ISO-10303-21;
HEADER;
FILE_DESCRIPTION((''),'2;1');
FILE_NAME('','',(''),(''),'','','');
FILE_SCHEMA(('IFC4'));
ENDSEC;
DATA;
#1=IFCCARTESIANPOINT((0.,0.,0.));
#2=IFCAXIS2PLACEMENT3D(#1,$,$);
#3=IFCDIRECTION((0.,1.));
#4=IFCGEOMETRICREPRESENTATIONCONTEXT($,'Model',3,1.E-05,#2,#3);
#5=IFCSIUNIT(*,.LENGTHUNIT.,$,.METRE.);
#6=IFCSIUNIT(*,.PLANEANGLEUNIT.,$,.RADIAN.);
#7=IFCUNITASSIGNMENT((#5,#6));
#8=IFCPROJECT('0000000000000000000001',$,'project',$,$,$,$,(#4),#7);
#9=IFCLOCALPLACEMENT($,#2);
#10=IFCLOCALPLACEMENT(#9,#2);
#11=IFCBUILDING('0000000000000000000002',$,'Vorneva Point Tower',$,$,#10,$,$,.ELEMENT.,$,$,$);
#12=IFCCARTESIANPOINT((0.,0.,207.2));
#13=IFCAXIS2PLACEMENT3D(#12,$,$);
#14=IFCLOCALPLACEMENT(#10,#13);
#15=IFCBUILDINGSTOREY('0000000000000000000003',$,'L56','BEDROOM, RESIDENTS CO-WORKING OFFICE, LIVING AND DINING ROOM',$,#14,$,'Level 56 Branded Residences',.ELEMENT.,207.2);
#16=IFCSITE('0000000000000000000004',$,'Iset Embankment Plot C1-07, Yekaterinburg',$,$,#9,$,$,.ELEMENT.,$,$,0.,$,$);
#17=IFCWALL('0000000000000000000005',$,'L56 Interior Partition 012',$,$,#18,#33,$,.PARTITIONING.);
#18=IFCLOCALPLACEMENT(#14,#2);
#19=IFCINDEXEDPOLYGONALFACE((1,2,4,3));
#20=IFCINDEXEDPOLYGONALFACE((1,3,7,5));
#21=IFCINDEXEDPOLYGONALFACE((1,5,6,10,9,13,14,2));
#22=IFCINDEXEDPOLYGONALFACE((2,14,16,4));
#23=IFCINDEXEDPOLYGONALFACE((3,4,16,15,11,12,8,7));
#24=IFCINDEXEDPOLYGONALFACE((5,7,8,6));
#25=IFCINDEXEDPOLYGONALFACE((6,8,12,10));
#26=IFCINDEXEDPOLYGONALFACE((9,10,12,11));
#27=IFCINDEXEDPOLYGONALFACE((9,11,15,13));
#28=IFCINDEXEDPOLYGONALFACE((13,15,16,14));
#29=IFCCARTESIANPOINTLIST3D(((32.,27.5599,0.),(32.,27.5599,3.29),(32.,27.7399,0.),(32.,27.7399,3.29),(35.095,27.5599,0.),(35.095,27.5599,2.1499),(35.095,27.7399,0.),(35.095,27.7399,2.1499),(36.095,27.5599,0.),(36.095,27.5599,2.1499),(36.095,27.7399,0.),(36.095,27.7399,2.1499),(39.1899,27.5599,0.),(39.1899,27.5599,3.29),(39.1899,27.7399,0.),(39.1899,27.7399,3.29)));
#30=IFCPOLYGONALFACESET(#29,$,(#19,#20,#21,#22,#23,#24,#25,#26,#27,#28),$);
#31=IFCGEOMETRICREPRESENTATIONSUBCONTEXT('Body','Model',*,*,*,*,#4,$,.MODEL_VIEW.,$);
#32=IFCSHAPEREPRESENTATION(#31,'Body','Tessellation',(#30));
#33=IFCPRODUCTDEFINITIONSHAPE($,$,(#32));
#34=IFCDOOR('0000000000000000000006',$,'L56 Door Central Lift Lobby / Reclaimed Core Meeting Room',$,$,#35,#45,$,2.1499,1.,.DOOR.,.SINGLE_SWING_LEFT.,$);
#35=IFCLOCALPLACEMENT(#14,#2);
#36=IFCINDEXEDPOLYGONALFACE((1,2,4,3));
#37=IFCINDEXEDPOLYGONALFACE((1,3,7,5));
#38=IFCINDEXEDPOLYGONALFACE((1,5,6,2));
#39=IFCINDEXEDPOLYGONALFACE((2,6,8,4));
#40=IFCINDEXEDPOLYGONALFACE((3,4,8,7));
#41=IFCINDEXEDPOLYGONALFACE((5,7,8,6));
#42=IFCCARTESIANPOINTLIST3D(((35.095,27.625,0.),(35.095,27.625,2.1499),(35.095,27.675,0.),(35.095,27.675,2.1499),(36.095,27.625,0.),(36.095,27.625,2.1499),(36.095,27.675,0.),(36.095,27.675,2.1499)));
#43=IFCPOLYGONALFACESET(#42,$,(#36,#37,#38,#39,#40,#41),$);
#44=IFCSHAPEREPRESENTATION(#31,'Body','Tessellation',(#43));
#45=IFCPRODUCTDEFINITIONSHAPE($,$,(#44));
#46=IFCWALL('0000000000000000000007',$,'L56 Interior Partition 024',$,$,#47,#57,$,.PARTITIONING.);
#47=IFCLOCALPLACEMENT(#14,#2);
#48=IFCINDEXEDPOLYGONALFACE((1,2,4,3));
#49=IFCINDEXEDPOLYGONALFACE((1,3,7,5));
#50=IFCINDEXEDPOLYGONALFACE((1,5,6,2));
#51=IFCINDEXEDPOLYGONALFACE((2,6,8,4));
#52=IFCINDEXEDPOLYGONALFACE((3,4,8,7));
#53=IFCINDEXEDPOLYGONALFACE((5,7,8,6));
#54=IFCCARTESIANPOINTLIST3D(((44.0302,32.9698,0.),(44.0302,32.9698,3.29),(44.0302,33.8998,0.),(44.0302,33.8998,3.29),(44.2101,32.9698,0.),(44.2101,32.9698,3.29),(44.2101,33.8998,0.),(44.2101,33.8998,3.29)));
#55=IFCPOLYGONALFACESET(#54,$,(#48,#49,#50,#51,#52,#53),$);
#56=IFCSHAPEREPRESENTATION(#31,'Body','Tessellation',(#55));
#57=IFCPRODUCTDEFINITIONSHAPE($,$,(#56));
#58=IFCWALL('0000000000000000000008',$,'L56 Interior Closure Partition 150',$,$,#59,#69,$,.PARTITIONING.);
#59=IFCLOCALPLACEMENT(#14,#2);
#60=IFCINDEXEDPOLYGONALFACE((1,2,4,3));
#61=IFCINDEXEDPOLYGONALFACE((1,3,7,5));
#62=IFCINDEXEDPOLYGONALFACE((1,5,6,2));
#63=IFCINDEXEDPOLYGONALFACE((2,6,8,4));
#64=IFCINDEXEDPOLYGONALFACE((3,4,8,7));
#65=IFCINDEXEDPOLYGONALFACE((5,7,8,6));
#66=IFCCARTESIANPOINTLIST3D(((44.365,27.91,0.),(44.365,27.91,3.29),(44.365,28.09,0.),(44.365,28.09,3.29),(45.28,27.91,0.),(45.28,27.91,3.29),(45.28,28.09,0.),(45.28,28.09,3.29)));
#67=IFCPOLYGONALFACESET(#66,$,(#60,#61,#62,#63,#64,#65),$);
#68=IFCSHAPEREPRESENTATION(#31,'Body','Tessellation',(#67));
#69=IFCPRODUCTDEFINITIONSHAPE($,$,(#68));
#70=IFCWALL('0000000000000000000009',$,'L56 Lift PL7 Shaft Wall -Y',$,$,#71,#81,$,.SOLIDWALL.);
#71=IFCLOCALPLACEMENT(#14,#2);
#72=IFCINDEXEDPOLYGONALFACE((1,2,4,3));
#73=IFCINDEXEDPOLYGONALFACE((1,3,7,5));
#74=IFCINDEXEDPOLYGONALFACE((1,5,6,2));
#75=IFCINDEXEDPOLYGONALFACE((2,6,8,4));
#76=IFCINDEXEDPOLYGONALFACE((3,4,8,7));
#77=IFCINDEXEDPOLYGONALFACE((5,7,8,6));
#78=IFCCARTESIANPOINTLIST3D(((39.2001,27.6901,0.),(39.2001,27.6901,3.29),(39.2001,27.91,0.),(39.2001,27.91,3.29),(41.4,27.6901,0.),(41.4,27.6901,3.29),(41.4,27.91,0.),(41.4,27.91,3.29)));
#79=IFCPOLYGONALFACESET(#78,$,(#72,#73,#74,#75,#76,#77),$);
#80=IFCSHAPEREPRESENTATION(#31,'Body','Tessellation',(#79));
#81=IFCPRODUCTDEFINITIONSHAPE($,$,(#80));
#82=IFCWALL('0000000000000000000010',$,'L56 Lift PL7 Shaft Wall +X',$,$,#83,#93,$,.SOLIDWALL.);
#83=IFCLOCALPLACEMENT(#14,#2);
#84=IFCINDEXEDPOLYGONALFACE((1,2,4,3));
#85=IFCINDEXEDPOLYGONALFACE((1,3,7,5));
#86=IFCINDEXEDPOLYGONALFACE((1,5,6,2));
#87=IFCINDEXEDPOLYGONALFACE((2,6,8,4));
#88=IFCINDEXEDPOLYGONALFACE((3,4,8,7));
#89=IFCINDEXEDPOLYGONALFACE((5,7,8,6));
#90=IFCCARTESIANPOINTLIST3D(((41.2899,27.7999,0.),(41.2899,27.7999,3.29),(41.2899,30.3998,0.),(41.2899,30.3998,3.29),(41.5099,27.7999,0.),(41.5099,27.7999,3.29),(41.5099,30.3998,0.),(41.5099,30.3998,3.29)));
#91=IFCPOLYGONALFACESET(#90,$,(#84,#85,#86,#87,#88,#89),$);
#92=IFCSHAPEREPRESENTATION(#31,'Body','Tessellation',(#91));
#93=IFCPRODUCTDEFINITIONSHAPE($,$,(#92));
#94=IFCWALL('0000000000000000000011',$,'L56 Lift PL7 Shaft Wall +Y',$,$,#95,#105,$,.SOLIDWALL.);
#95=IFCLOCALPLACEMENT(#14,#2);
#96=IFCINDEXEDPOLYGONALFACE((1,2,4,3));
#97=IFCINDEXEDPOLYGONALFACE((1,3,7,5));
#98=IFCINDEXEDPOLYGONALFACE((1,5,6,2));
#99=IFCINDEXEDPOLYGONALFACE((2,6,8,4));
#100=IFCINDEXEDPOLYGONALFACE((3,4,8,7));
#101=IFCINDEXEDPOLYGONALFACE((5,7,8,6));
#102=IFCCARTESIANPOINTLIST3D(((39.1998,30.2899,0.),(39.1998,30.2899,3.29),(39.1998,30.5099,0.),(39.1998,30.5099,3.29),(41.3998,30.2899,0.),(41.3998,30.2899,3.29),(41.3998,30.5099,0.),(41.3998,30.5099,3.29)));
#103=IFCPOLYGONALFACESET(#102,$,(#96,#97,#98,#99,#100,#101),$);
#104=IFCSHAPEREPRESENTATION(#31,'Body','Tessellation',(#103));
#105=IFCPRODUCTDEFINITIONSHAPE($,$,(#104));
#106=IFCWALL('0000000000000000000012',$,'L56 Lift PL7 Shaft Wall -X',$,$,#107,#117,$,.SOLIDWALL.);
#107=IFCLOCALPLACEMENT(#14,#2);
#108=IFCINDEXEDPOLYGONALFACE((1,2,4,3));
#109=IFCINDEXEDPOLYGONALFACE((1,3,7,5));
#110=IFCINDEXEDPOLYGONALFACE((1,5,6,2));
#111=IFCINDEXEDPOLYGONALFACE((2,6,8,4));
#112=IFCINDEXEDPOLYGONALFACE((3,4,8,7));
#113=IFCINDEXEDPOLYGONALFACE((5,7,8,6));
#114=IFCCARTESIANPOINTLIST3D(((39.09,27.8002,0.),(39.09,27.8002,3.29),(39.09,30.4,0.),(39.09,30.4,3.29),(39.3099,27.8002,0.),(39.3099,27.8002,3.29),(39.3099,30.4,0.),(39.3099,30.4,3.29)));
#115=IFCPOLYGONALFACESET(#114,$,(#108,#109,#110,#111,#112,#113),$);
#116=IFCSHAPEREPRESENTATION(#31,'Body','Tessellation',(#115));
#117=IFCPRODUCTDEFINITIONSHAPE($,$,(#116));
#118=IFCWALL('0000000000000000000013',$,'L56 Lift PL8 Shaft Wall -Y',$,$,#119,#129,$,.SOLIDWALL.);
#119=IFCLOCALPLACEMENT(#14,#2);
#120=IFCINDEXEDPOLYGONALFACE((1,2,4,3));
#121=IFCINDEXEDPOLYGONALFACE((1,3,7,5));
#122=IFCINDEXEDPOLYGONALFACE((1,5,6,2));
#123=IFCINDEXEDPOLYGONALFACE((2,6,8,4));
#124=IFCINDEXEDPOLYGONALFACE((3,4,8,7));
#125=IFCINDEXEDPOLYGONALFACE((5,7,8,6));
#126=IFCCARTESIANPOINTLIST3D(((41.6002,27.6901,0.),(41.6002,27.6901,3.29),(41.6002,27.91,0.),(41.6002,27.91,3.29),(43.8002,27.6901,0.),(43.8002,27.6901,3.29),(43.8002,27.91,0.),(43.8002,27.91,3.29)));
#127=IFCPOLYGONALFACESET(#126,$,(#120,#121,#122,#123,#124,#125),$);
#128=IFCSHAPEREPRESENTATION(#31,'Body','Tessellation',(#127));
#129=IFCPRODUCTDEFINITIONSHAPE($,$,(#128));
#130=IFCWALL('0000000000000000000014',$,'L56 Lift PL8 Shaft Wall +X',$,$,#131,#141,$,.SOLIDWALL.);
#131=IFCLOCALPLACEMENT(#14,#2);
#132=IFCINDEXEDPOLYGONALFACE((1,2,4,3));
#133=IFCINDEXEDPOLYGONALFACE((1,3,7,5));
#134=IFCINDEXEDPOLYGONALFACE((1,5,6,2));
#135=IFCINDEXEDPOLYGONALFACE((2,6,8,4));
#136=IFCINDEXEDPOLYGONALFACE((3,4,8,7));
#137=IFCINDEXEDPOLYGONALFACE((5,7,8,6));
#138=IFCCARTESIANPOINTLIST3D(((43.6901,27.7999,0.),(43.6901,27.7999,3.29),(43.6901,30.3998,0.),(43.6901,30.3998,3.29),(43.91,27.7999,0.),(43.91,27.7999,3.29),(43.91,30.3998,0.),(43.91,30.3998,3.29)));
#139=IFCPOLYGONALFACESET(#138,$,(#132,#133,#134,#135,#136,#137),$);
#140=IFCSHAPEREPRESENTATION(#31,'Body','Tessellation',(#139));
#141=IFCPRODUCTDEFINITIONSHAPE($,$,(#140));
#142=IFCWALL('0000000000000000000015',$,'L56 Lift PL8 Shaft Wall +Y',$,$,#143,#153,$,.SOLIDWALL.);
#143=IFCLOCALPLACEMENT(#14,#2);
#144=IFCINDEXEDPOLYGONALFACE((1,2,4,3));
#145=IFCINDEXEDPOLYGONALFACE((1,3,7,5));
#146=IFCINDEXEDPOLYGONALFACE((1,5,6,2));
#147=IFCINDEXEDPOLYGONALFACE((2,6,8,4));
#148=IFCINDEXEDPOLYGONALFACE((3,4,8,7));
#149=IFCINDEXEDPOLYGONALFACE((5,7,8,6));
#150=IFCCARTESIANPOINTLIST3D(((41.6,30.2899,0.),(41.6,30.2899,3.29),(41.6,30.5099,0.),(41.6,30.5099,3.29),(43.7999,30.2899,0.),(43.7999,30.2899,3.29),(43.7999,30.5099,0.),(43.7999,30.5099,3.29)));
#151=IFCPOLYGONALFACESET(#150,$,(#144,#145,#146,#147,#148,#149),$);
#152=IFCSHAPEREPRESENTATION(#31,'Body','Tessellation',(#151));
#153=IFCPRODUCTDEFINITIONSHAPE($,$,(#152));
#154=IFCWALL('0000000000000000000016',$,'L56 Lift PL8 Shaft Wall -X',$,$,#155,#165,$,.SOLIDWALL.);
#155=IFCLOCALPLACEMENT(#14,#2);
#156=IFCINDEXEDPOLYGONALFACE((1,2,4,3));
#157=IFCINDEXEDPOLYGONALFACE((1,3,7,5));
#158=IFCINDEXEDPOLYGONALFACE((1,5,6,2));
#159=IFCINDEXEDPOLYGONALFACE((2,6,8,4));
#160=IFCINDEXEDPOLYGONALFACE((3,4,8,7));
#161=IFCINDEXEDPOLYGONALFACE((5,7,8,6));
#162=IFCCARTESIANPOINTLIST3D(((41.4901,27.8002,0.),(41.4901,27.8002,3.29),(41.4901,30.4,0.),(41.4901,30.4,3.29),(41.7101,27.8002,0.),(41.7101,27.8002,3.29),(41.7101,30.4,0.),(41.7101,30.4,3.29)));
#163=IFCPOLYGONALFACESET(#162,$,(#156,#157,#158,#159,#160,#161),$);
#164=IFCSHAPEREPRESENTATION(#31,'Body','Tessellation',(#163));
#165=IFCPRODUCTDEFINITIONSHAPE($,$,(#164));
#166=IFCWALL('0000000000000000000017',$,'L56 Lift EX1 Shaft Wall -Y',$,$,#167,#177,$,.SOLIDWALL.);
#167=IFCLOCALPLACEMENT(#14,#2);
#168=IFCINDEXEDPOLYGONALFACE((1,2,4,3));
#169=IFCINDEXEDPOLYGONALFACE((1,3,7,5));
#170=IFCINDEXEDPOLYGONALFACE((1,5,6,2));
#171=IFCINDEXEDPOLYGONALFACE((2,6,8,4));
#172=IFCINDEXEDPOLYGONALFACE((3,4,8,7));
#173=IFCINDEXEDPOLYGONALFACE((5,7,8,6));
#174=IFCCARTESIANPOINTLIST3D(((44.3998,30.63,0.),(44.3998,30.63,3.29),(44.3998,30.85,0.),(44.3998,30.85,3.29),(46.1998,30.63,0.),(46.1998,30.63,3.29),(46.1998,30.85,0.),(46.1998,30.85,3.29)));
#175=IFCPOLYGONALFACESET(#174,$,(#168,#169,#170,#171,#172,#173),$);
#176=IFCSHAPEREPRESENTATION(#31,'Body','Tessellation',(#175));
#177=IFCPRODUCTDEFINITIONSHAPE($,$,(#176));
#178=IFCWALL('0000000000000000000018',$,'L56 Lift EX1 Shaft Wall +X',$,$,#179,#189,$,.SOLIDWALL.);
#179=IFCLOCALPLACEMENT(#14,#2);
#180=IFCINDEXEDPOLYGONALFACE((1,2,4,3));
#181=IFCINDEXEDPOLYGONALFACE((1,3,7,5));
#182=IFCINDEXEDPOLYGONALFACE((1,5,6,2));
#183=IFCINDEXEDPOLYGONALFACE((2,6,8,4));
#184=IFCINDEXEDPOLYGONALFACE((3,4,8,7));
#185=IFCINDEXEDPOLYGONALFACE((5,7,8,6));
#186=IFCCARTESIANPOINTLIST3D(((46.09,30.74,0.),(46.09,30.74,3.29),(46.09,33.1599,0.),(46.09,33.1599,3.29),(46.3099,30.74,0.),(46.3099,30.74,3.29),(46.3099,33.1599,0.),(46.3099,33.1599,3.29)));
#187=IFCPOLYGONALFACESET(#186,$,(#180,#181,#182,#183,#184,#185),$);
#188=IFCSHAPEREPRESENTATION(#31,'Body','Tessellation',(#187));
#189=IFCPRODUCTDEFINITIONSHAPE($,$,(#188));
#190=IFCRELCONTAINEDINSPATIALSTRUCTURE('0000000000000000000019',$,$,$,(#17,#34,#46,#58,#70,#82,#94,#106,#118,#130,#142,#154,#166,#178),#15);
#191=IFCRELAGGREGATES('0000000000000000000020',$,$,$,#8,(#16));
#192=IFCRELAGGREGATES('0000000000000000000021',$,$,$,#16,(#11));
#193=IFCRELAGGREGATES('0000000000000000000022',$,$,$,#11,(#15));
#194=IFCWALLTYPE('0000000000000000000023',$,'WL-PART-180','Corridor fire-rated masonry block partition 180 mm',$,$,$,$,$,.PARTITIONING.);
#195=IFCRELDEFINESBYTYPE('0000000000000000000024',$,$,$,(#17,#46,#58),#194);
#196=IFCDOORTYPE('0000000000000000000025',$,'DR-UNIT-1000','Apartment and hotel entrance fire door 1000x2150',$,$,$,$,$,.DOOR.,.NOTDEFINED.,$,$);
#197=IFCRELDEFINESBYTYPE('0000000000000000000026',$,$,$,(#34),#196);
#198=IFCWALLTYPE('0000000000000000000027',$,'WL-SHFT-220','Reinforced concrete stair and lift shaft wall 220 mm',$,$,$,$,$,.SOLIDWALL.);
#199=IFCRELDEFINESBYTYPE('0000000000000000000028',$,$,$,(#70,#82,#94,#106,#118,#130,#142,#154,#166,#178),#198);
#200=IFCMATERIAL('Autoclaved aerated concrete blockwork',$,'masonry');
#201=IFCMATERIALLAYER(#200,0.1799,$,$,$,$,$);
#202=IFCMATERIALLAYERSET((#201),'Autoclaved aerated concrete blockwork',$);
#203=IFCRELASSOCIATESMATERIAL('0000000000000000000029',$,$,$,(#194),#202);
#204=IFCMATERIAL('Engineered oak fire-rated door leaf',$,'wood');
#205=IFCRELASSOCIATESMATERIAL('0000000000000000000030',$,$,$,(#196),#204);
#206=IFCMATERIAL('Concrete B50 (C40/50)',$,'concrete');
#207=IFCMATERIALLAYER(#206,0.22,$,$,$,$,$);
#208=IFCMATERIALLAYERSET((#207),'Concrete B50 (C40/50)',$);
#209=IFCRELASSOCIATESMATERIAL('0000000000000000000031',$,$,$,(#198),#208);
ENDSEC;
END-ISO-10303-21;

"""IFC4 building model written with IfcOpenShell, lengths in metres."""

from ifc_helpers import new_model, si_unit, direction, frame, frame_2d, origin, place, context, subcontext, project, spatial, rectangle, extrude, material, layer, layer_set, type_object, element, fill, save


model = new_model("IFC4")

# Units and contexts
model_context = context("Model", 3, precision=1e-05, world=origin(), true_north=direction((0.0, 1.0)))
body_context = subcontext(model_context, "Body", "Model", "MODEL_VIEW")
ifc_project = project(units=[si_unit("LENGTHUNIT", "METRE"), si_unit("PLANEANGLEUNIT", "RADIAN")], contexts=[model_context])

# Site, building, storey
site_placement = place(None, origin())
site = spatial("IfcSite", under=ifc_project, at=site_placement, Name="Iset Embankment Plot C1-07, Yekaterinburg", CompositionType="ELEMENT", RefElevation=0.0)
building_placement = place(site_placement, origin())
building = spatial("IfcBuilding", under=site, at=building_placement, Name="Vorneva Point Tower", CompositionType="ELEMENT")
storey_placement = place(building_placement, frame((0.0, 0.0, 207.2)))
storey = spatial("IfcBuildingStorey", under=building, at=storey_placement, Name="L56", Description="BEDROOM, RESIDENTS CO-WORKING OFFICE, LIVING AND DINING ROOM", LongName="Level 56 Branded Residences", CompositionType="ELEMENT", Elevation=207.2)

# Shared definitions
ifc_material_1 = material(Name="Concrete B50 (C40/50)", Category="concrete")

# Wall, opening, door
ifc_material_2 = material(Name="Autoclaved aerated concrete blockwork", Category="masonry")
ifc_layer_1 = layer(ifc_material_2, 0.1799)
ifc_layer_set_1 = layer_set([ifc_layer_1], Name="Autoclaved aerated concrete blockwork")
wall_type_1 = type_object("IfcWallType", Name="WL-PART-180", Description="Corridor fire-rated masonry block partition 180 mm", PredefinedType="PARTITIONING", material=ifc_layer_set_1)
wall_1_placement = place(storey_placement, frame((39.1899, 27.6499, 0.0), z_axis=(0.0, 0.0, 1.0), x_axis=(-1.0, 0.0, 0.0)))
wall_1 = element("IfcWall", 1, at=wall_1_placement, inside=storey, type_object=wall_type_1, Name="L56 Interior Partition 012", PredefinedType="PARTITIONING", context=body_context, shape_type="SweptSolid", body=[
    extrude(rectangle(XDim=7.1899, YDim=0.1799, at=frame_2d((3.595, 0.0))), origin(), (0.0, 0.0, 1.0), 3.29),
])
opening_1_placement = place(wall_1_placement, frame((3.095, 0.0, 0.0)))
opening_1 = element("IfcOpeningElement", 2, at=opening_1_placement, cuts=wall_1, PredefinedType="OPENING", context=body_context, shape_type="SweptSolid", body=[
    extrude(rectangle(XDim=1.0, YDim=2.1499, at=frame_2d((0.5, 1.075))), frame((0.0, 0.105, 0.0), z_axis=(0.0, -1.0, 0.0), x_axis=(1.0, 0.0, 0.0)), (0.0, 0.0, 1.0), 0.2097),
])
ifc_material_3 = material(Name="Engineered oak fire-rated door leaf", Category="wood")
door_type_1 = type_object("IfcDoorType", Name="DR-UNIT-1000", Description="Apartment and hotel entrance fire door 1000x2150", OperationType="NOTDEFINED", PredefinedType="DOOR", material=ifc_material_3)
door_1_placement = place(opening_1_placement, origin())
door_1 = element("IfcDoor", 3, at=door_1_placement, inside=storey, type_object=door_type_1, Name="L56 Door Central Lift Lobby / Reclaimed Core Meeting Room", OperationType="SINGLE_SWING_LEFT", OverallHeight=2.1499, OverallWidth=1.0, PredefinedType="DOOR", context=body_context, shape_type="SweptSolid", body=[
    extrude(rectangle(XDim=1.0, YDim=2.1499, at=frame_2d((0.5, 1.075))), frame((0.0, 0.0249, 0.0), z_axis=(0.0, -1.0, 0.0), x_axis=(1.0, 0.0, 0.0)), (0.0, 0.0, 1.0), 0.05),
])
fill(opening_1, door_1)

# Walls
wall_2_placement = place(storey_placement, frame((44.1201, 32.97, 0.0), z_axis=(0.0, 0.0, 1.0), x_axis=(0.0, 1.0, 0.0)))
element("IfcWall", 4, at=wall_2_placement, inside=storey, type_object=wall_type_1, Name="L56 Interior Partition 024", PredefinedType="PARTITIONING", context=body_context, shape_type="SweptSolid", body=[
    extrude(rectangle(XDim=0.9299, YDim=0.1799, at=frame_2d((0.4648, 0.0))), origin(), (0.0, 0.0, 1.0), 3.29),
])
wall_3_placement = place(storey_placement, frame((45.28, 28.0, 0.0), z_axis=(0.0, 0.0, 1.0), x_axis=(-1.0, 0.0, 0.0)))
element("IfcWall", 5, at=wall_3_placement, inside=storey, type_object=wall_type_1, Name="L56 Interior Closure Partition 150", PredefinedType="PARTITIONING", context=body_context, shape_type="SweptSolid", body=[
    extrude(rectangle(XDim=0.915, YDim=0.1799, at=frame_2d((0.4575, 0.0))), origin(), (0.0, 0.0, 1.0), 3.29),
])
ifc_layer_2 = layer(ifc_material_1, 0.22)
ifc_layer_set_2 = layer_set([ifc_layer_2], Name="Concrete B50 (C40/50)")
wall_type_2 = type_object("IfcWallType", Name="WL-SHFT-220", Description="Reinforced concrete stair and lift shaft wall 220 mm", PredefinedType="SOLIDWALL", material=ifc_layer_set_2)
wall_4_placement = place(storey_placement, frame((39.2, 27.8, 0.0), z_axis=(0.0, 0.0, 1.0), x_axis=(1.0, 0.0, 0.0)))
element("IfcWall", 6, at=wall_4_placement, inside=storey, type_object=wall_type_2, Name="L56 Lift PL7 Shaft Wall -Y", PredefinedType="SOLIDWALL", context=body_context, shape_type="SweptSolid", body=[
    extrude(rectangle(XDim=2.2, YDim=0.22, at=frame_2d((1.1001, 0.0))), origin(), (0.0, 0.0, 1.0), 3.29),
])
wall_5_placement = place(storey_placement, frame((41.3999, 27.8, 0.0), z_axis=(0.0, 0.0, 1.0), x_axis=(0.0, 1.0, 0.0)))
element("IfcWall", 7, at=wall_5_placement, inside=storey, type_object=wall_type_2, Name="L56 Lift PL7 Shaft Wall +X", PredefinedType="SOLIDWALL", context=body_context, shape_type="SweptSolid", body=[
    extrude(rectangle(XDim=2.5999, YDim=0.22, at=frame_2d((1.2998, 0.0))), origin(), (0.0, 0.0, 1.0), 3.29),
])
wall_6_placement = place(storey_placement, frame((41.3999, 30.3999, 0.0), z_axis=(0.0, 0.0, 1.0), x_axis=(-1.0, 0.0, 0.0)))
element("IfcWall", 8, at=wall_6_placement, inside=storey, type_object=wall_type_2, Name="L56 Lift PL7 Shaft Wall +Y", PredefinedType="SOLIDWALL", context=body_context, shape_type="SweptSolid", body=[
    extrude(rectangle(XDim=2.2, YDim=0.22, at=frame_2d((1.1001, 0.0))), origin(), (0.0, 0.0, 1.0), 3.29),
])
wall_7_placement = place(storey_placement, frame((39.2, 30.3999, 0.0), z_axis=(0.0, 0.0, 1.0), x_axis=(0.0, -1.0, 0.0)))
element("IfcWall", 9, at=wall_7_placement, inside=storey, type_object=wall_type_2, Name="L56 Lift PL7 Shaft Wall -X", PredefinedType="SOLIDWALL", context=body_context, shape_type="SweptSolid", body=[
    extrude(rectangle(XDim=2.5999, YDim=0.22, at=frame_2d((1.2998, 0.0))), origin(), (0.0, 0.0, 1.0), 3.29),
])
wall_8_placement = place(storey_placement, frame((41.6001, 27.8, 0.0), z_axis=(0.0, 0.0, 1.0), x_axis=(1.0, 0.0, 0.0)))
element("IfcWall", 10, at=wall_8_placement, inside=storey, type_object=wall_type_2, Name="L56 Lift PL8 Shaft Wall -Y", PredefinedType="SOLIDWALL", context=body_context, shape_type="SweptSolid", body=[
    extrude(rectangle(XDim=2.2, YDim=0.22, at=frame_2d((1.1001, 0.0))), origin(), (0.0, 0.0, 1.0), 3.29),
])
wall_9_placement = place(storey_placement, frame((43.8, 27.8, 0.0), z_axis=(0.0, 0.0, 1.0), x_axis=(0.0, 1.0, 0.0)))
element("IfcWall", 11, at=wall_9_placement, inside=storey, type_object=wall_type_2, Name="L56 Lift PL8 Shaft Wall +X", PredefinedType="SOLIDWALL", context=body_context, shape_type="SweptSolid", body=[
    extrude(rectangle(XDim=2.5999, YDim=0.22, at=frame_2d((1.2998, 0.0))), origin(), (0.0, 0.0, 1.0), 3.29),
])
wall_10_placement = place(storey_placement, frame((43.8, 30.3999, 0.0), z_axis=(0.0, 0.0, 1.0), x_axis=(-1.0, 0.0, 0.0)))
element("IfcWall", 12, at=wall_10_placement, inside=storey, type_object=wall_type_2, Name="L56 Lift PL8 Shaft Wall +Y", PredefinedType="SOLIDWALL", context=body_context, shape_type="SweptSolid", body=[
    extrude(rectangle(XDim=2.2, YDim=0.22, at=frame_2d((1.1001, 0.0))), origin(), (0.0, 0.0, 1.0), 3.29),
])
wall_11_placement = place(storey_placement, frame((41.6001, 30.3999, 0.0), z_axis=(0.0, 0.0, 1.0), x_axis=(0.0, -1.0, 0.0)))
element("IfcWall", 13, at=wall_11_placement, inside=storey, type_object=wall_type_2, Name="L56 Lift PL8 Shaft Wall -X", PredefinedType="SOLIDWALL", context=body_context, shape_type="SweptSolid", body=[
    extrude(rectangle(XDim=2.5999, YDim=0.22, at=frame_2d((1.2998, 0.0))), origin(), (0.0, 0.0, 1.0), 3.29),
])
wall_12_placement = place(storey_placement, frame((44.3999, 30.74, 0.0), z_axis=(0.0, 0.0, 1.0), x_axis=(1.0, 0.0, 0.0)))
element("IfcWall", 14, at=wall_12_placement, inside=storey, type_object=wall_type_2, Name="L56 Lift EX1 Shaft Wall -Y", PredefinedType="SOLIDWALL", context=body_context, shape_type="SweptSolid", body=[
    extrude(rectangle(XDim=1.8, YDim=0.22, at=frame_2d((0.8999, 0.0))), origin(), (0.0, 0.0, 1.0), 3.29),
])
wall_13_placement = place(storey_placement, frame((46.2, 30.74, 0.0), z_axis=(0.0, 0.0, 1.0), x_axis=(0.0, 1.0, 0.0)))
element("IfcWall", 15, at=wall_13_placement, inside=storey, type_object=wall_type_2, Name="L56 Lift EX1 Shaft Wall +X", PredefinedType="SOLIDWALL", context=body_context, shape_type="SweptSolid", body=[
    extrude(rectangle(XDim=2.4199, YDim=0.22, at=frame_2d((1.21, 0.0))), origin(), (0.0, 0.0, 1.0), 3.29),
])

save(model, "model.ifc")
